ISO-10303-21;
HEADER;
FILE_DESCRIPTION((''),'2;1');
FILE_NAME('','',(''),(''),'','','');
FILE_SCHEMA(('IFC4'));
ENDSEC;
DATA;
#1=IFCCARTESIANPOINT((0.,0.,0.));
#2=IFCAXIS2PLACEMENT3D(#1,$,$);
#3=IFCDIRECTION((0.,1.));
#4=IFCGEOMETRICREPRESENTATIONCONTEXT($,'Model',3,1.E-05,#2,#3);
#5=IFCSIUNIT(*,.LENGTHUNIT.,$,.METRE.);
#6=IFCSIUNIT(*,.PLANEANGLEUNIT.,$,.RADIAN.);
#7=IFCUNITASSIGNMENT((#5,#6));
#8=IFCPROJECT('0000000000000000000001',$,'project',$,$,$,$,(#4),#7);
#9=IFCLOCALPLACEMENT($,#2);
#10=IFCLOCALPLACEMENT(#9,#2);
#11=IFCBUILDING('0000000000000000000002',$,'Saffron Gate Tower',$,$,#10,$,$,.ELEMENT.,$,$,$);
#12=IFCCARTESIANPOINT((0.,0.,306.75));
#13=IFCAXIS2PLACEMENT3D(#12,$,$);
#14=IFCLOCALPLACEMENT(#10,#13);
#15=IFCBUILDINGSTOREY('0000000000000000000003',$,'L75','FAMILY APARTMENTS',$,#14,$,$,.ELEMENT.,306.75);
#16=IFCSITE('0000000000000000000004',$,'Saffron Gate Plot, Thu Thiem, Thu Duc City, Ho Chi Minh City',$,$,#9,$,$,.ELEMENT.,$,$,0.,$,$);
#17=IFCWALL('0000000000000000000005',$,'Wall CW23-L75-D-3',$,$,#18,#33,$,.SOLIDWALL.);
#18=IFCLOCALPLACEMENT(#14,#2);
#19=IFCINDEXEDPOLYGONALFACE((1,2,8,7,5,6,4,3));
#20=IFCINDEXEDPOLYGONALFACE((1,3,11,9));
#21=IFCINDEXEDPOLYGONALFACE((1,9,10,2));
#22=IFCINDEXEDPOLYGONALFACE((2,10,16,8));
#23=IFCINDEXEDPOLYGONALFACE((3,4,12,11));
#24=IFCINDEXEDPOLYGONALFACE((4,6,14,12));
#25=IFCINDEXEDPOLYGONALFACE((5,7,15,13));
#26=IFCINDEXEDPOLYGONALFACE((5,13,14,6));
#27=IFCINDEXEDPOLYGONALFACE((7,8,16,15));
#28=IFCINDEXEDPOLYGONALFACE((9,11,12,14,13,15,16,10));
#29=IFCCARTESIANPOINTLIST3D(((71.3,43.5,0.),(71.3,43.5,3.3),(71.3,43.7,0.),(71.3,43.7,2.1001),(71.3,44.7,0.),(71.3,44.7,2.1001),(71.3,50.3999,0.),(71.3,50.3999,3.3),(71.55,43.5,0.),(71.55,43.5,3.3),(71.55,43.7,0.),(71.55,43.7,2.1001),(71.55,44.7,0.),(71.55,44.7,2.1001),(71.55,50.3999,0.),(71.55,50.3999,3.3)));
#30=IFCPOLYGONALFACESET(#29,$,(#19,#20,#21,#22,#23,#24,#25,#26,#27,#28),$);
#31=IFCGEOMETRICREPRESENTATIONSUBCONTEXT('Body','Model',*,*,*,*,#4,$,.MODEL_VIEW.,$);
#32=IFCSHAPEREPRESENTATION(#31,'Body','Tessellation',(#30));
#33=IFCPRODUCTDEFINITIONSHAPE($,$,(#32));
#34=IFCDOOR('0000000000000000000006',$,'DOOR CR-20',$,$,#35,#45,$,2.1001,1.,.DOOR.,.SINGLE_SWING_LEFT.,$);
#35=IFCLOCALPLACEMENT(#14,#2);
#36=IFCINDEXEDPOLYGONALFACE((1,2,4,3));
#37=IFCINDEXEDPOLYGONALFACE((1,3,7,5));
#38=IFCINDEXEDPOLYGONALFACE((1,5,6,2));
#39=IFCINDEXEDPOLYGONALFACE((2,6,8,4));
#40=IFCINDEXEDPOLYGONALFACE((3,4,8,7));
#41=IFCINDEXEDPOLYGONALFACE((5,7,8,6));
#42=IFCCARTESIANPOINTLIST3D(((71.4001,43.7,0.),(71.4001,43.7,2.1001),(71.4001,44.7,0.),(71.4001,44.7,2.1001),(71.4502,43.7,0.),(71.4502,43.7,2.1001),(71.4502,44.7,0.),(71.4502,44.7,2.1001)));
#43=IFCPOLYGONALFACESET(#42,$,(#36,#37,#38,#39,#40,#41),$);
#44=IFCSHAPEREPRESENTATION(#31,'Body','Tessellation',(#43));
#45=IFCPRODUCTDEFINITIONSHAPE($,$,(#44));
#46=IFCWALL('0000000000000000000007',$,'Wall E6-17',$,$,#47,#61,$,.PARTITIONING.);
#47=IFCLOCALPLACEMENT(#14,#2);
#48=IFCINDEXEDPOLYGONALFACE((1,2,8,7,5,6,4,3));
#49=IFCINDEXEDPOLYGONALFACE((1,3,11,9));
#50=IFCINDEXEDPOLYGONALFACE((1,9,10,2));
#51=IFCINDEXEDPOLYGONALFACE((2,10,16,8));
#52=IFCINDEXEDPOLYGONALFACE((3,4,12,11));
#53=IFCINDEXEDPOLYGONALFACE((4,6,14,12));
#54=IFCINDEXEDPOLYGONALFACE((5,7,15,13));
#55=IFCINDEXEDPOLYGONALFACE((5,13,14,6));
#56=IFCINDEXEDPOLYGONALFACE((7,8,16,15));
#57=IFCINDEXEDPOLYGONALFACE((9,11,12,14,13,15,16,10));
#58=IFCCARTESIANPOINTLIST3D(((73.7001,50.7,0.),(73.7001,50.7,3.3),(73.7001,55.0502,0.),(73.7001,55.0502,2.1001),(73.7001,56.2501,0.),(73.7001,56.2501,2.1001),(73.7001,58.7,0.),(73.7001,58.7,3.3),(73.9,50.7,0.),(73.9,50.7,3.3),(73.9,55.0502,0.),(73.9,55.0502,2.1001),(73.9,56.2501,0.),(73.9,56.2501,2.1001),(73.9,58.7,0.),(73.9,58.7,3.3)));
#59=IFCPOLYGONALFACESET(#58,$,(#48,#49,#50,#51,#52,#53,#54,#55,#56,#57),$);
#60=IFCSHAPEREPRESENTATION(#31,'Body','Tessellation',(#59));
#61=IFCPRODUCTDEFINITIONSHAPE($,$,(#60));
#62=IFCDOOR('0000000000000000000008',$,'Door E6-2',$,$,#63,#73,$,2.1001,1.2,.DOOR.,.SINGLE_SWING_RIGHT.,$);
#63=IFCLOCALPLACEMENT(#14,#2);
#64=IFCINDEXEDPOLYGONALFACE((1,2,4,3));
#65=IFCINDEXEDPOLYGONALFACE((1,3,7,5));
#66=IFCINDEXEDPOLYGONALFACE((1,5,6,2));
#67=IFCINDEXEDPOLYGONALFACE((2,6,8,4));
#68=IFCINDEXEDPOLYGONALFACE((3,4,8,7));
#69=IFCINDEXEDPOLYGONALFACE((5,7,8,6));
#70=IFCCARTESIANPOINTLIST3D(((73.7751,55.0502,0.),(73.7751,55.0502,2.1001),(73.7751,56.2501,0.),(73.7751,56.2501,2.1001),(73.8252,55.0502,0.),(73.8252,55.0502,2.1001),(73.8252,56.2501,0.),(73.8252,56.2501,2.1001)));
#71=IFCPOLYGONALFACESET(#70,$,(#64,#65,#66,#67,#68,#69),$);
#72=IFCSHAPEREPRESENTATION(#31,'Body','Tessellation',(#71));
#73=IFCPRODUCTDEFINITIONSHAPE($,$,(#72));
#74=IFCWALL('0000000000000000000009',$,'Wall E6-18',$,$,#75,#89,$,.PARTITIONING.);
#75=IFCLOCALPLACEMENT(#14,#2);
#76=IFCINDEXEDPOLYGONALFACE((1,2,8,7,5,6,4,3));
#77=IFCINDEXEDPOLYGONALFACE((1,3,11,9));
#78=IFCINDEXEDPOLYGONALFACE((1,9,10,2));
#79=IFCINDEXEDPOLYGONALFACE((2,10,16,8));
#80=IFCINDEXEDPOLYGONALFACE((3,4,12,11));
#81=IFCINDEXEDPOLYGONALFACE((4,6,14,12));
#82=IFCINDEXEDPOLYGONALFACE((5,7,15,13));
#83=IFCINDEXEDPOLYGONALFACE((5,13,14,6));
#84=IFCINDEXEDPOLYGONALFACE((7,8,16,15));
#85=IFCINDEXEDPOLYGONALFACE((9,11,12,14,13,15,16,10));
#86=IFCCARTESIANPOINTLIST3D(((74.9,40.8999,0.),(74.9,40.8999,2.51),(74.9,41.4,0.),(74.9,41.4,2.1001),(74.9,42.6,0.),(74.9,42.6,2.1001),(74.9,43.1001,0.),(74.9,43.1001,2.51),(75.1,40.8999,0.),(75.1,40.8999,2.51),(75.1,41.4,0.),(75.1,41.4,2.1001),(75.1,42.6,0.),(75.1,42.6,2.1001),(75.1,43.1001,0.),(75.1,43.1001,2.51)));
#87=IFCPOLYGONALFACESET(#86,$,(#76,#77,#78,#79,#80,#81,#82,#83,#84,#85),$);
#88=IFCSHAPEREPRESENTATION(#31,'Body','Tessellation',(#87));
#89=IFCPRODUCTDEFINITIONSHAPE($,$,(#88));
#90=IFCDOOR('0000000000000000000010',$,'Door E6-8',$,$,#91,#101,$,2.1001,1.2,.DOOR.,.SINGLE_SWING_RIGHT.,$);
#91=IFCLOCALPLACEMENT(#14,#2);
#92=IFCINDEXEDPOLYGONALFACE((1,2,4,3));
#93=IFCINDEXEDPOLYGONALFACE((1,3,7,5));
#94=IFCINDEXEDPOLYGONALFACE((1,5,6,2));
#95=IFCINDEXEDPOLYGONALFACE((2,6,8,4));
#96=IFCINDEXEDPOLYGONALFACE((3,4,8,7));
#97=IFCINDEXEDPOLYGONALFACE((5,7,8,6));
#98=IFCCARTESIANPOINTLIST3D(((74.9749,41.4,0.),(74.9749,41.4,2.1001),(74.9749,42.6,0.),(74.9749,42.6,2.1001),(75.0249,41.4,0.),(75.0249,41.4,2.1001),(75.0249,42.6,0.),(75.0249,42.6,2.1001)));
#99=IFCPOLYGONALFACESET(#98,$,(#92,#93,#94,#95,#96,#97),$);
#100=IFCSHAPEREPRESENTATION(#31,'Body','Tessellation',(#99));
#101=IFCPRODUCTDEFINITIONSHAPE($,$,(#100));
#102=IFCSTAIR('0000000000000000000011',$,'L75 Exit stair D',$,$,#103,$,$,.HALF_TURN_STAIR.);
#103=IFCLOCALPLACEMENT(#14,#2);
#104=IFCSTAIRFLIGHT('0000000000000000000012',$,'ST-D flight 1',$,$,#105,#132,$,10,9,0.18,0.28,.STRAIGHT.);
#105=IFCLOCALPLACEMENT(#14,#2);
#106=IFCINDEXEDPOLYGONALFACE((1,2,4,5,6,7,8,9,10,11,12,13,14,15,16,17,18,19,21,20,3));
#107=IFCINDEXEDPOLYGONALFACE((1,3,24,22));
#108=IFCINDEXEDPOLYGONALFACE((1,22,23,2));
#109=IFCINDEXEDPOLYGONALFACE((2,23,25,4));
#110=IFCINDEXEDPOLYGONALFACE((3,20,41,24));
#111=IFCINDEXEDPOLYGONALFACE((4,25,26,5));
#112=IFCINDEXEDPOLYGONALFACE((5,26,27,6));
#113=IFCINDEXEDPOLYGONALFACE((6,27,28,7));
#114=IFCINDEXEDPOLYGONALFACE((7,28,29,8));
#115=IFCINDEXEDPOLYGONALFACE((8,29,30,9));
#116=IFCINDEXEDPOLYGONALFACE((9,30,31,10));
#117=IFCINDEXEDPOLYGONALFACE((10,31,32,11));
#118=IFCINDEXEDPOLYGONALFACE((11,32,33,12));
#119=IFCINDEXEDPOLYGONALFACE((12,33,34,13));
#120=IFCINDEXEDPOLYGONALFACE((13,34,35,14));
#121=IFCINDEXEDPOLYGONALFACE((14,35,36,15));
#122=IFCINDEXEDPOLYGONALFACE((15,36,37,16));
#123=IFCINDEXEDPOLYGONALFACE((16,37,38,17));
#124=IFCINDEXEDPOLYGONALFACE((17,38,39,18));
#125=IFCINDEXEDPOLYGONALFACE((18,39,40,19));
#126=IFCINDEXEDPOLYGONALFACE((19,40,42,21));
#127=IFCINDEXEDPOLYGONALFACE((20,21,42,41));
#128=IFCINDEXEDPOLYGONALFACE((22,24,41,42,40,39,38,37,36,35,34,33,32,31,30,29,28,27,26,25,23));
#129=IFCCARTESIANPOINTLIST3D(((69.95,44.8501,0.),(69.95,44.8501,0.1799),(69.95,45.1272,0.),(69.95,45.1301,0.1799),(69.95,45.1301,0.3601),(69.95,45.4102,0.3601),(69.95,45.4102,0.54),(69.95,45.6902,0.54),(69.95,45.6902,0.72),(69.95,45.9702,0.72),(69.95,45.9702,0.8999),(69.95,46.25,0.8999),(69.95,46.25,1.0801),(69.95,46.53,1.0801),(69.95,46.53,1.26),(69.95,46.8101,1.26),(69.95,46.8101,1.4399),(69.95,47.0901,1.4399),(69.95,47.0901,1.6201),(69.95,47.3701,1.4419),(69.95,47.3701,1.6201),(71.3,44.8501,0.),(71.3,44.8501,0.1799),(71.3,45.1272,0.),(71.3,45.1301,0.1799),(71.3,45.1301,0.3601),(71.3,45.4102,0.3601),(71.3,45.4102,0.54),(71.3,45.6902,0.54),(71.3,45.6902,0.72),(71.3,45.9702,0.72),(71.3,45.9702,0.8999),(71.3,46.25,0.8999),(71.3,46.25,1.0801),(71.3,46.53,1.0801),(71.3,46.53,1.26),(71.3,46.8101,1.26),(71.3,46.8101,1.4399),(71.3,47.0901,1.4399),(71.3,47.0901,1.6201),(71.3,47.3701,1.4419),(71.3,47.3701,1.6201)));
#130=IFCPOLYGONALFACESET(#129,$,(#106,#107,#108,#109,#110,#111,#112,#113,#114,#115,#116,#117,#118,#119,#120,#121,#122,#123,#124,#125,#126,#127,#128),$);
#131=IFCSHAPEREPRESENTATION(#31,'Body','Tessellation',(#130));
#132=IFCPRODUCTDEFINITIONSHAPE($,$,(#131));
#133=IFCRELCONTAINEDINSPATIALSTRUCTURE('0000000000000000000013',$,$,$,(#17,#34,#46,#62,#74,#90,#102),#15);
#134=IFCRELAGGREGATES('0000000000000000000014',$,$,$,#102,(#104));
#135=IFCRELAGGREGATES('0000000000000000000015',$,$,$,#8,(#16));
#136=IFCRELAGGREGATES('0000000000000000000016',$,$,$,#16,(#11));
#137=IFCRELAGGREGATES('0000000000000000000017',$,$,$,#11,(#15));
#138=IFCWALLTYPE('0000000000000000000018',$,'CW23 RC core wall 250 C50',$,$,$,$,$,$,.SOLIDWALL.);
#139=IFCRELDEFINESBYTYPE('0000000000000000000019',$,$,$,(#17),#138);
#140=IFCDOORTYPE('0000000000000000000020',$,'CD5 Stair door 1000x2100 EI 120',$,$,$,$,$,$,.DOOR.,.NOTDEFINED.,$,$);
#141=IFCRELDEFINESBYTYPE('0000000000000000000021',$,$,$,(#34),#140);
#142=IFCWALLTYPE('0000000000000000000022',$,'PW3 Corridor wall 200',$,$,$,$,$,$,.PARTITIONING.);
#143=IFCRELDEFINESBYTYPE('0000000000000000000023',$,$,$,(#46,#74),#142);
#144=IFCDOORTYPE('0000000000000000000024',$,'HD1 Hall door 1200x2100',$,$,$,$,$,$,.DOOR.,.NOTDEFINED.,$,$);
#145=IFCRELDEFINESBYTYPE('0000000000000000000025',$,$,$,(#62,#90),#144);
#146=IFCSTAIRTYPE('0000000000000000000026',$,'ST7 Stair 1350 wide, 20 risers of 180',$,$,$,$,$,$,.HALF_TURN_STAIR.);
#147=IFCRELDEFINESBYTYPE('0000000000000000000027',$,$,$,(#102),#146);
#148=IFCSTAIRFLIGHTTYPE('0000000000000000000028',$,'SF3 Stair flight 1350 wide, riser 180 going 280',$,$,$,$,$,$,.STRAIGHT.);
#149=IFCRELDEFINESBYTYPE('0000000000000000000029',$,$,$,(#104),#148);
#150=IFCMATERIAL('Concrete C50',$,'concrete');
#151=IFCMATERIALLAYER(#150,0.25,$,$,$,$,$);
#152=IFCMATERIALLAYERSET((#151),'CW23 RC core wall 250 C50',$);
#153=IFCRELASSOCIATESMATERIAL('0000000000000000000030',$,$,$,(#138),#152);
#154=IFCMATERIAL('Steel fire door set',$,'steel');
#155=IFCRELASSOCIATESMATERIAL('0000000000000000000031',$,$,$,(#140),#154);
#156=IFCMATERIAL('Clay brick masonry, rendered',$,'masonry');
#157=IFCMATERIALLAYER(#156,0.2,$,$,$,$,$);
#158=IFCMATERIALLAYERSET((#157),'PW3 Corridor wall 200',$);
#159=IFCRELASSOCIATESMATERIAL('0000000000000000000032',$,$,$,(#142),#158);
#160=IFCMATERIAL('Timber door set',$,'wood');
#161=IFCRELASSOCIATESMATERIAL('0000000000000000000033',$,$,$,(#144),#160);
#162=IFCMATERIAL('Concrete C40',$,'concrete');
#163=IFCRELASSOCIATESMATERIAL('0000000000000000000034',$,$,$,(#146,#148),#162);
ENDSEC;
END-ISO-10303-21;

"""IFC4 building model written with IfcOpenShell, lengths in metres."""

from ifc_helpers import new_model, si_unit, direction, frame, frame_2d, origin, place, context, subcontext, project, spatial, polyline, rectangle, outline, extrude, material, layer, layer_set, type_object, element, fill, aggregate, save


model = new_model("IFC4")

# Units and contexts
model_context = context("Model", 3, precision=1e-05, world=origin(), true_north=direction((0.0, 1.0)))
body_context = subcontext(model_context, "Body", "Model", "MODEL_VIEW")
ifc_project = project(units=[si_unit("LENGTHUNIT", "METRE"), si_unit("PLANEANGLEUNIT", "RADIAN")], contexts=[model_context])

# Site, building, storey
site_placement = place(None, origin())
site = spatial("IfcSite", under=ifc_project, at=site_placement, Name="Saffron Gate Plot, Thu Thiem, Thu Duc City, Ho Chi Minh City", CompositionType="ELEMENT", RefElevation=0.0)
building_placement = place(site_placement, origin())
building = spatial("IfcBuilding", under=site, at=building_placement, Name="Saffron Gate Tower", CompositionType="ELEMENT")
storey_placement = place(building_placement, frame((0.0, 0.0, 306.75)))
storey = spatial("IfcBuildingStorey", under=building, at=storey_placement, Name="L75", Description="FAMILY APARTMENTS", CompositionType="ELEMENT", Elevation=306.75)

# Shared definitions
ifc_material_1 = material(Name="Concrete C40", Category="concrete")

# Walls, openings, doors
ifc_material_2 = material(Name="Steel fire door set", Category="steel")
ifc_material_3 = material(Name="Concrete C50", Category="concrete")
ifc_layer_1 = layer(ifc_material_3, 0.25)
ifc_layer_set_1 = layer_set([ifc_layer_1], Name="CW23 RC core wall 250 C50")
wall_type_1 = type_object("IfcWallType", Name="CW23 RC core wall 250 C50", PredefinedType="SOLIDWALL", material=ifc_layer_set_1)
wall_1_placement = place(storey_placement, frame((71.425, 43.5, 0.0), z_axis=(0.0, 0.0, 1.0), x_axis=(0.0, 1.0, 0.0)))
wall_1 = element("IfcWall", 1, at=wall_1_placement, inside=storey, type_object=wall_type_1, Name="Wall CW23-L75-D-3", PredefinedType="SOLIDWALL", context=body_context, shape_type="SweptSolid", body=[
    extrude(rectangle(XDim=6.8999, YDim=0.25, at=frame_2d((3.45, 0.0))), origin(), (0.0, 0.0, 1.0), 3.3),
])
opening_1_placement = place(wall_1_placement, frame((0.2, 0.0, 0.0)))
opening_1 = element("IfcOpeningElement", 2, at=opening_1_placement, cuts=wall_1, PredefinedType="OPENING", context=body_context, shape_type="SweptSolid", body=[
    extrude(rectangle(XDim=1.0, YDim=2.1001, at=frame_2d((0.5, 1.05))), frame((0.0, 0.135, 0.0), z_axis=(0.0, -1.0, 0.0), x_axis=(1.0, 0.0, 0.0)), (0.0, 0.0, 1.0), 0.27),
])
door_type_1 = type_object("IfcDoorType", Name="CD5 Stair door 1000x2100 EI 120", OperationType="NOTDEFINED", PredefinedType="DOOR", material=ifc_material_2)
door_1_placement = place(opening_1_placement, origin())
door_1 = element("IfcDoor", 3, at=door_1_placement, inside=storey, type_object=door_type_1, Name="DOOR CR-20", OperationType="SINGLE_SWING_LEFT", OverallHeight=2.1001, OverallWidth=1.0, PredefinedType="DOOR", context=body_context, shape_type="SweptSolid", body=[
    extrude(rectangle(XDim=1.0, YDim=2.1001, at=frame_2d((0.5, 1.05))), frame((0.0, 0.0249, 0.0), z_axis=(0.0, -1.0, 0.0), x_axis=(1.0, 0.0, 0.0)), (0.0, 0.0, 1.0), 0.05),
])
fill(opening_1, door_1)
ifc_material_4 = material(Name="Clay brick masonry, rendered", Category="masonry")
ifc_layer_2 = layer(ifc_material_4, 0.2)
ifc_layer_set_2 = layer_set([ifc_layer_2], Name="PW3 Corridor wall 200")
wall_type_2 = type_object("IfcWallType", Name="PW3 Corridor wall 200", PredefinedType="PARTITIONING", material=ifc_layer_set_2)
wall_2_placement = place(storey_placement, frame((73.8, 50.7, 0.0), z_axis=(0.0, 0.0, 1.0), x_axis=(0.0, 1.0, 0.0)))
wall_2 = element("IfcWall", 4, at=wall_2_placement, inside=storey, type_object=wall_type_2, Name="Wall E6-17", PredefinedType="PARTITIONING", context=body_context, shape_type="SweptSolid", body=[
    extrude(rectangle(XDim=8.0, YDim=0.2, at=frame_2d((4.0, 0.0))), origin(), (0.0, 0.0, 1.0), 3.3),
])
opening_2_placement = place(wall_2_placement, frame((4.3501, 0.0, 0.0)))
opening_2 = element("IfcOpeningElement", 5, at=opening_2_placement, cuts=wall_2, PredefinedType="OPENING", context=body_context, shape_type="SweptSolid", body=[
    extrude(rectangle(XDim=1.2, YDim=2.1001, at=frame_2d((0.6001, 1.05))), frame((0.0, 0.1099, 0.0), z_axis=(0.0, -1.0, 0.0), x_axis=(1.0, 0.0, 0.0)), (0.0, 0.0, 1.0), 0.22),
])
ifc_material_5 = material(Name="Timber door set", Category="wood")
door_type_2 = type_object("IfcDoorType", Name="HD1 Hall door 1200x2100", OperationType="NOTDEFINED", PredefinedType="DOOR", material=ifc_material_5)
door_2_placement = place(opening_2_placement, origin())
door_2 = element("IfcDoor", 6, at=door_2_placement, inside=storey, type_object=door_type_2, Name="Door E6-2", OperationType="SINGLE_SWING_RIGHT", OverallHeight=2.1001, OverallWidth=1.2, PredefinedType="DOOR", context=body_context, shape_type="SweptSolid", body=[
    extrude(rectangle(XDim=1.2, YDim=2.1001, at=frame_2d((0.6001, 1.05))), frame((0.0, 0.0249, 0.0), z_axis=(0.0, -1.0, 0.0), x_axis=(1.0, 0.0, 0.0)), (0.0, 0.0, 1.0), 0.05),
])
fill(opening_2, door_2)
wall_3_placement = place(storey_placement, frame((75.0, 43.1001, 0.0), z_axis=(0.0, 0.0, 1.0), x_axis=(0.0, -1.0, 0.0)))
wall_3 = element("IfcWall", 7, at=wall_3_placement, inside=storey, type_object=wall_type_2, Name="Wall E6-18", PredefinedType="PARTITIONING", context=body_context, shape_type="SweptSolid", body=[
    extrude(rectangle(XDim=2.2002, YDim=0.2, at=frame_2d((1.1001, 0.0))), origin(), (0.0, 0.0, 1.0), 2.51),
])
opening_3_placement = place(wall_3_placement, frame((0.5, 0.0, 0.0)))
opening_3 = element("IfcOpeningElement", 8, at=opening_3_placement, cuts=wall_3, PredefinedType="OPENING", context=body_context, shape_type="SweptSolid", body=[
    extrude(rectangle(XDim=1.2, YDim=2.1001, at=frame_2d((0.6001, 1.05))), frame((0.0, 0.1099, 0.0), z_axis=(0.0, -1.0, 0.0), x_axis=(1.0, 0.0, 0.0)), (0.0, 0.0, 1.0), 0.22),
])
door_3_placement = place(opening_3_placement, origin())
door_3 = element("IfcDoor", 9, at=door_3_placement, inside=storey, type_object=door_type_2, Name="Door E6-8", OperationType="SINGLE_SWING_RIGHT", OverallHeight=2.1001, OverallWidth=1.2, PredefinedType="DOOR", context=body_context, shape_type="SweptSolid", body=[
    extrude(rectangle(XDim=1.2, YDim=2.1001, at=frame_2d((0.6001, 1.05))), frame((0.0, 0.0249, 0.0), z_axis=(0.0, -1.0, 0.0), x_axis=(1.0, 0.0, 0.0)), (0.0, 0.0, 1.0), 0.05),
])
fill(opening_3, door_3)

# Stair, stair flight
stair_type = type_object("IfcStairType", Name="ST7 Stair 1350 wide, 20 risers of 180", PredefinedType="HALF_TURN_STAIR", material=ifc_material_1)
stair_placement = place(storey_placement, origin())
stair = element("IfcStair", 10, at=stair_placement, inside=storey, type_object=stair_type, Name="L75 Exit stair D", PredefinedType="HALF_TURN_STAIR")
stair_flight_type = type_object("IfcStairFlightType", Name="SF3 Stair flight 1350 wide, riser 180 going 280", PredefinedType="STRAIGHT", material=ifc_material_1)
stair_flight_placement = place(storey_placement, frame((70.625, 44.8501, 0.0), z_axis=(0.0, 0.0, 1.0), x_axis=(0.0, 1.0, 0.0)))
stair_flight = element("IfcStairFlight", 11, at=stair_flight_placement, type_object=stair_flight_type, Name="ST-D flight 1", NumberOfRisers=10, NumberOfTreads=9, PredefinedType="STRAIGHT", RiserHeight=0.18, TreadLength=0.28, context=body_context, shape_type="SweptSolid", body=[
    extrude(outline(polyline([(0.0, 0.0), (0.0, 0.1799), (0.28, 0.1799), (0.28, 0.3601), (0.5601, 0.3601), (0.5601, 0.54), (0.8401, 0.54), (0.8401, 0.72), (1.1201, 0.72), (1.1201, 0.8999), (1.3999, 0.8999), (1.3999, 1.0801), (1.6799, 1.0801), (1.6799, 1.26), (1.96, 1.26), (1.96, 1.4399), (2.24, 1.4399), (2.24, 1.6201), (2.52, 1.6201), (2.52, 1.8), (2.52, 1.4419), (0.2771, 0.0), (0.0, 0.0)])), frame((0.0, 0.675, 0.0), z_axis=(0.0, -1.0, 0.0), x_axis=(1.0, 0.0, 0.0)), (0.0, 0.0, 1.0), 1.3501),
])
aggregate(stair, [stair_flight])

save(model, "model.ifc")
